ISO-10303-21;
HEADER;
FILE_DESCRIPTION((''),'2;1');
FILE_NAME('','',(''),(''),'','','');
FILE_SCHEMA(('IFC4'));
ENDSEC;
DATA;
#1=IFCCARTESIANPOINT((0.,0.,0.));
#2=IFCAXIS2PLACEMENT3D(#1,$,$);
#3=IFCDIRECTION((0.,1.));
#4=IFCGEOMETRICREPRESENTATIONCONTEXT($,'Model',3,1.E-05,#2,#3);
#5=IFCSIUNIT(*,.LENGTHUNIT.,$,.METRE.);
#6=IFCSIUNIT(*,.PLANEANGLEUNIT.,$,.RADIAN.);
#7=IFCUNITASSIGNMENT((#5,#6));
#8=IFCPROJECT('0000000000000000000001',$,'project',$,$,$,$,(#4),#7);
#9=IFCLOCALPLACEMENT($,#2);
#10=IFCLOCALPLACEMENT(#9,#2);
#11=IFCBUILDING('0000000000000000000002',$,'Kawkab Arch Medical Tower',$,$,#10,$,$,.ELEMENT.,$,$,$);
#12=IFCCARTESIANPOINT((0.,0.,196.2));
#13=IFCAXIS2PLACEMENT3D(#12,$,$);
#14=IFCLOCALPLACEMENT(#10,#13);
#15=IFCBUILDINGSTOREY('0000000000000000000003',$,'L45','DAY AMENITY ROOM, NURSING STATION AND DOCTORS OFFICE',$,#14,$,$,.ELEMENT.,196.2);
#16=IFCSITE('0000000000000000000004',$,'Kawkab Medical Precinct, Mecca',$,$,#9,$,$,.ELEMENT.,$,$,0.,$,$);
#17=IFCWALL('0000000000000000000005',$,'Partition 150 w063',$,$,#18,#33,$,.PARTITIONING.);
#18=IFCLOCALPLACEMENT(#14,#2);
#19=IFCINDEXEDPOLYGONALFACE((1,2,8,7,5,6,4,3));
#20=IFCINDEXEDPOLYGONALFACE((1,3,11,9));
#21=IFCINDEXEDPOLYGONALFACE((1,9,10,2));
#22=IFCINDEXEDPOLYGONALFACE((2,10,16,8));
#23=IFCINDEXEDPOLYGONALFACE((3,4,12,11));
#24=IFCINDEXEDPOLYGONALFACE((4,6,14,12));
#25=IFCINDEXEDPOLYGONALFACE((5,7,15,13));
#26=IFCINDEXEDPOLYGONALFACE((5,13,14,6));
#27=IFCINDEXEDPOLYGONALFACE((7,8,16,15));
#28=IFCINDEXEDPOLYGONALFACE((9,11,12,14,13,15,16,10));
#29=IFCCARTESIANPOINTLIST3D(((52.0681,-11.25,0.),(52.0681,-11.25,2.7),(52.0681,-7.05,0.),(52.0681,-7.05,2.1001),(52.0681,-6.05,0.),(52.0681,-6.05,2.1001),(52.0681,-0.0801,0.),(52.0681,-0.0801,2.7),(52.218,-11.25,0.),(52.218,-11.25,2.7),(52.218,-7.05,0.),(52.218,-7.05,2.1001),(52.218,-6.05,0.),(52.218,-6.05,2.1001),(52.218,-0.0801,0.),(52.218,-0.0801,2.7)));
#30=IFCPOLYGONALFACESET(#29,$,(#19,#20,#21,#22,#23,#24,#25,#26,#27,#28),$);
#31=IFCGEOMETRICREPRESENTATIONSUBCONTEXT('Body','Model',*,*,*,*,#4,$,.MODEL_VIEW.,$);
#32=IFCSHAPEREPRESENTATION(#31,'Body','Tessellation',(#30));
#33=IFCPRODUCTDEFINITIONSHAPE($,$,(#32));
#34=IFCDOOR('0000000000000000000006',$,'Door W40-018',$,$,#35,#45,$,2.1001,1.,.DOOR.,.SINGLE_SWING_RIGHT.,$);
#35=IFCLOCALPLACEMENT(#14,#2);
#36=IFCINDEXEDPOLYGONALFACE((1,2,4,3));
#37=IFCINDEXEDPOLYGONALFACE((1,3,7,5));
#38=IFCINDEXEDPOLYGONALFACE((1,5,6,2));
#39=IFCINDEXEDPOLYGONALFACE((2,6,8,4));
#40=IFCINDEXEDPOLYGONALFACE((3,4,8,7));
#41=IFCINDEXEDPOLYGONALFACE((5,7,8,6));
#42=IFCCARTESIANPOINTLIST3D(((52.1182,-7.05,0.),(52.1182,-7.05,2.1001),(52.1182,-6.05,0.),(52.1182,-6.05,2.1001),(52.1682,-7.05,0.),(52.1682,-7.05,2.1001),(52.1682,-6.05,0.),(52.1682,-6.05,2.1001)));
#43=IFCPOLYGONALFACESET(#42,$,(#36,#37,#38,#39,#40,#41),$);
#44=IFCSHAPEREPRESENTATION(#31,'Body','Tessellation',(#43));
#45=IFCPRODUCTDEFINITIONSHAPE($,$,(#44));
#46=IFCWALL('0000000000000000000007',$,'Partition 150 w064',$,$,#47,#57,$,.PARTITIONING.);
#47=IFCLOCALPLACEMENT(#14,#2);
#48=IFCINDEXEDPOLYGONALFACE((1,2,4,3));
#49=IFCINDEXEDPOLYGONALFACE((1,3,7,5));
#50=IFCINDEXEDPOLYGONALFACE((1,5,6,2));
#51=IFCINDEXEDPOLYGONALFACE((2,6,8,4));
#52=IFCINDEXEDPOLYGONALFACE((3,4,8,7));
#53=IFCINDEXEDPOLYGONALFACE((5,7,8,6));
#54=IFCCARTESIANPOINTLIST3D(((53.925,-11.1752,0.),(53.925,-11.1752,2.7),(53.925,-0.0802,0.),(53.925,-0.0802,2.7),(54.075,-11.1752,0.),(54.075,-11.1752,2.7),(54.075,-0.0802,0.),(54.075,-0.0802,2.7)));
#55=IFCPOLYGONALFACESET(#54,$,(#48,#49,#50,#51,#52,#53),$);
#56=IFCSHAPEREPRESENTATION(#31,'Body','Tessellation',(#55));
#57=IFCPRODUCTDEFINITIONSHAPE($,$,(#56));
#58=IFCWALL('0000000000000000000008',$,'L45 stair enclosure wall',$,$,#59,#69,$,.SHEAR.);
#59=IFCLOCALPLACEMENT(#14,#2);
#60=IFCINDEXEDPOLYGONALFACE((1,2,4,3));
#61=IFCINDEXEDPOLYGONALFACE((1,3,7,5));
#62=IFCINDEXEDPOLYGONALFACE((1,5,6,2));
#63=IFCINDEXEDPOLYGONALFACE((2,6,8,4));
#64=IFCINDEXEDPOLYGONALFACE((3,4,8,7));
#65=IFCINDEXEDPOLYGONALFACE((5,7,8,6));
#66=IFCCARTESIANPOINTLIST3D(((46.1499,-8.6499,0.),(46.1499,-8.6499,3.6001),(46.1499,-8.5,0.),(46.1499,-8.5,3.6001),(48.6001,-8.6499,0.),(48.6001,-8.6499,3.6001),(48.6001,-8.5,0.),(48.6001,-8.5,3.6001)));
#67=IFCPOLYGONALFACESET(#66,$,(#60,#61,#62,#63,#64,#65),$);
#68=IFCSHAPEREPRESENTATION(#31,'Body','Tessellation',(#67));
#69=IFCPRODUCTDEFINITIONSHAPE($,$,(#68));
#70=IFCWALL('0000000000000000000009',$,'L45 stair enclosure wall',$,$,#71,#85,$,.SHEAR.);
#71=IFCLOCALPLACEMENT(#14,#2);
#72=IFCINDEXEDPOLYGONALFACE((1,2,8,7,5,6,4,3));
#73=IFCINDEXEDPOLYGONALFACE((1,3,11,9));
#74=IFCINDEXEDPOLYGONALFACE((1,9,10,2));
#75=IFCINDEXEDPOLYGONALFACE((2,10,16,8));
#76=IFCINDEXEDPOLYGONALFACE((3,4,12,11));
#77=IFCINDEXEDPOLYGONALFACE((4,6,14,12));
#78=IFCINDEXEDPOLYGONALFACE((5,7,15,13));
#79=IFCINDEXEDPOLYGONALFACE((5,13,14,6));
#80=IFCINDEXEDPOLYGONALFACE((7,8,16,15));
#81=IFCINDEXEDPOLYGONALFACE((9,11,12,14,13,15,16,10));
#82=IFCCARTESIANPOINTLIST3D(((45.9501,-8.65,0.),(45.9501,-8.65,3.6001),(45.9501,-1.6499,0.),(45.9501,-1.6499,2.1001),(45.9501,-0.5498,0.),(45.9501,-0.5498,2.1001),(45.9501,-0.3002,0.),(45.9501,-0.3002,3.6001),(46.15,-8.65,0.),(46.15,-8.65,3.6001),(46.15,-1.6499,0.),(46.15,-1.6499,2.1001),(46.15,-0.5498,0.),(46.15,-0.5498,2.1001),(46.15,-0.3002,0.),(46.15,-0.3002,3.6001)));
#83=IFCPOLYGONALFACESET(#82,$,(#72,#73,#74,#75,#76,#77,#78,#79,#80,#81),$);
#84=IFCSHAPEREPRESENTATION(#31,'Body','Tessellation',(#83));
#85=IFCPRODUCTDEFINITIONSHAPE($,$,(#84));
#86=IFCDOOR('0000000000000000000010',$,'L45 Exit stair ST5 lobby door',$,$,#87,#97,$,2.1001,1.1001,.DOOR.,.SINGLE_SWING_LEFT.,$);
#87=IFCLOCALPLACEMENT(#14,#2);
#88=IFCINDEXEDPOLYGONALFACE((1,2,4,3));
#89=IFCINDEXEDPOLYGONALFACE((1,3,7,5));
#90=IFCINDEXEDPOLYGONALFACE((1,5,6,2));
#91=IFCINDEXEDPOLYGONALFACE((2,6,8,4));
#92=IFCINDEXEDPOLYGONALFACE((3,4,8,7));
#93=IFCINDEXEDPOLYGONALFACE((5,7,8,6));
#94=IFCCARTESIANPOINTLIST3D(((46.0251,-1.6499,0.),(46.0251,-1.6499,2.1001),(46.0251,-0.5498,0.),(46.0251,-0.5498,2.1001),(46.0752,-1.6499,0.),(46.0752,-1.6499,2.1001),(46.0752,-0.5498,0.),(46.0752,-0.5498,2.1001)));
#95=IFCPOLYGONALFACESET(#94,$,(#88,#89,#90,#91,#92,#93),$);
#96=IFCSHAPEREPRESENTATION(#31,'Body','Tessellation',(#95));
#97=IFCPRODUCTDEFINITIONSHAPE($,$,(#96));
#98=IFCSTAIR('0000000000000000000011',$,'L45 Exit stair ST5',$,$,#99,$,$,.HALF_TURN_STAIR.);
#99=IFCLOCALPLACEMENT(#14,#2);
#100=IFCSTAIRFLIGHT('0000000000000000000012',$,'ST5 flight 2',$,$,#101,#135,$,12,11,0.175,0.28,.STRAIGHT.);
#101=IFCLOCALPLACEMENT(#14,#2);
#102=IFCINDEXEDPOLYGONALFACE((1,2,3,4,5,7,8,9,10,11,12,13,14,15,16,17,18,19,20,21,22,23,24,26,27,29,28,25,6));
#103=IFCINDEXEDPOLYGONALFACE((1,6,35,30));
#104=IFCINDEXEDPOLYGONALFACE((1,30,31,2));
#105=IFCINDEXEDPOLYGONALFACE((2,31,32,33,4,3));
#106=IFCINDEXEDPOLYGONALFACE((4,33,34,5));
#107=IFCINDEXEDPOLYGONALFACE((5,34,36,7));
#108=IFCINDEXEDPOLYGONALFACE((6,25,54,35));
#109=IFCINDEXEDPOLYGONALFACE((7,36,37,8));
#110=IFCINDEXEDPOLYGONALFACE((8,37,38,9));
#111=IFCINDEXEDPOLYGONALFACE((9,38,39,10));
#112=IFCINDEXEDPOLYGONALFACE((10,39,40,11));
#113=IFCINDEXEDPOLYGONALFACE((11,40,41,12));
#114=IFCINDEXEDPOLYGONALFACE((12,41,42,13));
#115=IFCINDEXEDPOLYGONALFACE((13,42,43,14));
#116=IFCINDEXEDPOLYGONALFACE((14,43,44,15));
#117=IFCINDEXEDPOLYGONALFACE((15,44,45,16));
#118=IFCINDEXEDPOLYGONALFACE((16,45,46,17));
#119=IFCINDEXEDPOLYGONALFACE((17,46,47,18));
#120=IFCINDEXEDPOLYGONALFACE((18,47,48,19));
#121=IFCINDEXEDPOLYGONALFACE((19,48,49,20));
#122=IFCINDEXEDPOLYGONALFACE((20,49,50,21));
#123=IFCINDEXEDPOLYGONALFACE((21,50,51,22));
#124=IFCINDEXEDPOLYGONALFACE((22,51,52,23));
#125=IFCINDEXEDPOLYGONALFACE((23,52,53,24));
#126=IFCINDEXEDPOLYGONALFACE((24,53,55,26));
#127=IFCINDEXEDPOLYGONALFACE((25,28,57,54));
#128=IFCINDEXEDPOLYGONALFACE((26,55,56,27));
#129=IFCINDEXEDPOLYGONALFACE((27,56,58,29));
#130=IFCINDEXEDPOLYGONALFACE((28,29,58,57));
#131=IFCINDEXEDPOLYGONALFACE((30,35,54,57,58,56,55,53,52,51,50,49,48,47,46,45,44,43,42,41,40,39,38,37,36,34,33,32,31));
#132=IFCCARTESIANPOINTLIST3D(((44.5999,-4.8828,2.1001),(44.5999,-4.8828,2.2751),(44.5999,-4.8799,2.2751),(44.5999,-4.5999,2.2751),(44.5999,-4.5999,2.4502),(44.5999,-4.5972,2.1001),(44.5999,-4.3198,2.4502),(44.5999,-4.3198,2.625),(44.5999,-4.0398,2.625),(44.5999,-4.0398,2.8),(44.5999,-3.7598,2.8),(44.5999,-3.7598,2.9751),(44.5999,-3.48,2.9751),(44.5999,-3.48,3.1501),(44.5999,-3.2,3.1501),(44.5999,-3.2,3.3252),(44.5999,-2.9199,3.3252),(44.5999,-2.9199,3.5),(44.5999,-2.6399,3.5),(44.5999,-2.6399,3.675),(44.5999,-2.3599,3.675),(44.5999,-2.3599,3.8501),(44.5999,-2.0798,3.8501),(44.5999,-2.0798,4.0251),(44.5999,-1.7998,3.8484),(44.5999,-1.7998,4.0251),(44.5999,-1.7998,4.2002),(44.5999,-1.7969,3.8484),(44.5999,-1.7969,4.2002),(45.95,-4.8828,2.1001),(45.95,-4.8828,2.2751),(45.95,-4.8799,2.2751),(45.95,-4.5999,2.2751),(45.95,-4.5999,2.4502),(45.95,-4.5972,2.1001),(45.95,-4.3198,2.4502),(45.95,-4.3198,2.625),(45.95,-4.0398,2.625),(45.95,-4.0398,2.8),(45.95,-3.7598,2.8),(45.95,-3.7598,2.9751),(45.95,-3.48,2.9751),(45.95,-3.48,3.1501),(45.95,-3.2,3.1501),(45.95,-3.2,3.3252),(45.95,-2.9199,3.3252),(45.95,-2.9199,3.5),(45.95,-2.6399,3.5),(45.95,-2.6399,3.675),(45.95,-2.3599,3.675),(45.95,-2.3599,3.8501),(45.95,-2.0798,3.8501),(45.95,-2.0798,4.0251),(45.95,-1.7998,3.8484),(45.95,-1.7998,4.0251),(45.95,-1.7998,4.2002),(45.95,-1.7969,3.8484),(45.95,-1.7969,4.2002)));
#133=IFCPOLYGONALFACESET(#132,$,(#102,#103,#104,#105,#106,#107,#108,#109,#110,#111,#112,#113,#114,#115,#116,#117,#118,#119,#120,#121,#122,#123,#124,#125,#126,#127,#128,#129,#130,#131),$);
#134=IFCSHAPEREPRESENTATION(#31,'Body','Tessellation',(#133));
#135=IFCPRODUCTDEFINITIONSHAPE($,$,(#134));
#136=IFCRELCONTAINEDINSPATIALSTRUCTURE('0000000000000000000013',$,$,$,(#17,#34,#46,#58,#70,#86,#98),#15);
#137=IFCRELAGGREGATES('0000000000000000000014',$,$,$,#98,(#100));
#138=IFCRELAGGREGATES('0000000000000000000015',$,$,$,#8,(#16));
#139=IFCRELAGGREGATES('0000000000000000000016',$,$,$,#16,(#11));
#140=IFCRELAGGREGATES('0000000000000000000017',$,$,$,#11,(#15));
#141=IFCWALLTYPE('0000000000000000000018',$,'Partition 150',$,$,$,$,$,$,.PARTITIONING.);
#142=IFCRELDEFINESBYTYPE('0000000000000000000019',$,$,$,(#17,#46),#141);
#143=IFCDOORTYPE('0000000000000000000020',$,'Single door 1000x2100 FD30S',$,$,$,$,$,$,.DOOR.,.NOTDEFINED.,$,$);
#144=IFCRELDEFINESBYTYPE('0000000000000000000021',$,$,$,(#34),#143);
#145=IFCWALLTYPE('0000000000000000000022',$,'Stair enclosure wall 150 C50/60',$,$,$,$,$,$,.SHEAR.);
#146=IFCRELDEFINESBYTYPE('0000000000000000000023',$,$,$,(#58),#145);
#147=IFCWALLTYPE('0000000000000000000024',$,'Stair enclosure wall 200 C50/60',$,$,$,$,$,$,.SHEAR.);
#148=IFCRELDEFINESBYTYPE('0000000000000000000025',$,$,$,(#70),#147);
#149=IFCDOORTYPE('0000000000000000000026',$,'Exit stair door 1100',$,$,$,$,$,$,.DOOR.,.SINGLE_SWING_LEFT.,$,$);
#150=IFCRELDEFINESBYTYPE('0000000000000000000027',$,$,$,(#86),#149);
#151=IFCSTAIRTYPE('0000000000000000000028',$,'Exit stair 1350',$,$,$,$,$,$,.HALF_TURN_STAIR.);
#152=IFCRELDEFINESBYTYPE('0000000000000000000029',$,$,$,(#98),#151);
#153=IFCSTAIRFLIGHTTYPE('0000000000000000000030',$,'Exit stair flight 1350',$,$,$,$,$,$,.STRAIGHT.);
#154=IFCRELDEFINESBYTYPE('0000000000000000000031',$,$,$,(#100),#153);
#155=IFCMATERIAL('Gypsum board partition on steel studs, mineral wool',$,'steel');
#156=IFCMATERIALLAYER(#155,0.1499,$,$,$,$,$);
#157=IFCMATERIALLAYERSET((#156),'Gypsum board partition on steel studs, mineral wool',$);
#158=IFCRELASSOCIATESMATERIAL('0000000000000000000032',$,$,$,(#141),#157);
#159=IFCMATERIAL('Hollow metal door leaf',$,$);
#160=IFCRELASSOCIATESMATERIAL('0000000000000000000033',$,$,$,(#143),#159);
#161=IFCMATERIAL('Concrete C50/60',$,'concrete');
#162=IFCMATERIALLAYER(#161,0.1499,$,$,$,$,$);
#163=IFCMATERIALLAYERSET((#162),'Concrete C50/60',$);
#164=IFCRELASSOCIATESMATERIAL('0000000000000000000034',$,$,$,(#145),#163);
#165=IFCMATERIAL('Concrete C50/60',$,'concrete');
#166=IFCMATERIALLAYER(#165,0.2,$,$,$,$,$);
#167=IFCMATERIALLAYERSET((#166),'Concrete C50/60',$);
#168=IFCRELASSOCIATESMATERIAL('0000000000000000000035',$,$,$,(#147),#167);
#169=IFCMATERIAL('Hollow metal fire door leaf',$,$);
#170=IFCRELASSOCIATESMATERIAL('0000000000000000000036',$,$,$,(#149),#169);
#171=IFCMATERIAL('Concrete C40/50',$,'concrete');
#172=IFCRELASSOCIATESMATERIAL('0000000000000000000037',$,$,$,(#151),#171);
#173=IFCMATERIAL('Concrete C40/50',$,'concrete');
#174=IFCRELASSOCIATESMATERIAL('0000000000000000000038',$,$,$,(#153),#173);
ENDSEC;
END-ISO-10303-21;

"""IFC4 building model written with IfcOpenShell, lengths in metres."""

from ifc_helpers import new_model, si_unit, direction, frame, frame_2d, origin, place, context, subcontext, project, spatial, polyline, rectangle, outline, extrude, material, layer, layer_set, type_object, element, fill, aggregate, save


model = new_model("IFC4")

# Units and contexts
model_context = context("Model", 3, precision=1e-05, world=origin(), true_north=direction((0.0, 1.0)))
body_context = subcontext(model_context, "Body", "Model", "MODEL_VIEW")
ifc_project = project(units=[si_unit("LENGTHUNIT", "METRE"), si_unit("PLANEANGLEUNIT", "RADIAN")], contexts=[model_context])

# Site, building, storey
site_placement = place(None, origin())
site = spatial("IfcSite", under=ifc_project, at=site_placement, Name="Kawkab Medical Precinct, Mecca", CompositionType="ELEMENT", RefElevation=0.0)
building_placement = place(site_placement, origin())
building = spatial("IfcBuilding", under=site, at=building_placement, Name="Kawkab Arch Medical Tower", CompositionType="ELEMENT")
storey_placement = place(building_placement, frame((0.0, 0.0, 196.2)))
storey = spatial("IfcBuildingStorey", under=building, at=storey_placement, Name="L45", Description="DAY AMENITY ROOM, NURSING STATION AND DOCTORS OFFICE", CompositionType="ELEMENT", Elevation=196.2)

# Shared definitions
ifc_material_1 = material(Name="Gypsum board partition on steel studs, mineral wool", Category="steel")
ifc_layer_1 = layer(ifc_material_1, 0.1499)
ifc_layer_set_1 = layer_set([ifc_layer_1], Name="Gypsum board partition on steel studs, mineral wool")
wall_type_1 = type_object("IfcWallType", Name="Partition 150", PredefinedType="PARTITIONING", material=ifc_layer_set_1)

# Wall, opening, door
wall_1_placement = place(storey_placement, frame((52.1431, -11.25, 0.0), z_axis=(0.0, 0.0, 1.0), x_axis=(0.0, 1.0, 0.0)))
wall_1 = element("IfcWall", 1, at=wall_1_placement, inside=storey, type_object=wall_type_1, Name="Partition 150 w063", PredefinedType="PARTITIONING", context=body_context, shape_type="SweptSolid", body=[
    extrude(rectangle(XDim=11.1699, YDim=0.1499, at=frame_2d((5.585, 0.0))), origin(), (0.0, 0.0, 1.0), 2.7),
])
opening_1_placement = place(wall_1_placement, frame((4.2, 0.0, 0.0)))
opening_1 = element("IfcOpeningElement", 2, at=opening_1_placement, cuts=wall_1, PredefinedType="OPENING", context=body_context, shape_type="SweptSolid", body=[
    extrude(rectangle(XDim=1.0, YDim=2.1001, at=frame_2d((0.5, 1.05))), frame((0.0, 0.085, 0.0), z_axis=(0.0, -1.0, 0.0), x_axis=(1.0, 0.0, 0.0)), (0.0, 0.0, 1.0), 0.1699),
])
ifc_material_2 = material(Name="Hollow metal door leaf")
door_type_1 = type_object("IfcDoorType", Name="Single door 1000x2100 FD30S", OperationType="NOTDEFINED", PredefinedType="DOOR", material=ifc_material_2)
door_1_placement = place(opening_1_placement, origin())
door_1 = element("IfcDoor", 3, at=door_1_placement, inside=storey, type_object=door_type_1, Name="Door W40-018", OperationType="SINGLE_SWING_RIGHT", OverallHeight=2.1001, OverallWidth=1.0, PredefinedType="DOOR", context=body_context, shape_type="SweptSolid", body=[
    extrude(rectangle(XDim=1.0, YDim=2.1001, at=frame_2d((0.5, 1.05))), frame((0.0, 0.0249, 0.0), z_axis=(0.0, -1.0, 0.0), x_axis=(1.0, 0.0, 0.0)), (0.0, 0.0, 1.0), 0.05),
])
fill(opening_1, door_1)

# Walls
wall_2_placement = place(storey_placement, frame((54.0, -11.175, 0.0), z_axis=(0.0, 0.0, 1.0), x_axis=(0.0, 1.0, 0.0)))
element("IfcWall", 4, at=wall_2_placement, inside=storey, type_object=wall_type_1, Name="Partition 150 w064", PredefinedType="PARTITIONING", context=body_context, shape_type="SweptSolid", body=[
    extrude(rectangle(XDim=11.095, YDim=0.1499, at=frame_2d((5.5474, 0.0))), origin(), (0.0, 0.0, 1.0), 2.7),
])
ifc_material_3 = material(Name="Concrete C50/60", Category="concrete")
ifc_layer_2 = layer(ifc_material_3, 0.1499)
ifc_layer_set_2 = layer_set([ifc_layer_2], Name="Concrete C50/60")
wall_type_2 = type_object("IfcWallType", Name="Stair enclosure wall 150 C50/60", PredefinedType="SHEAR", material=ifc_layer_set_2)
wall_3_placement = place(storey_placement, frame((46.1499, -8.575, 0.0), z_axis=(0.0, 0.0, 1.0), x_axis=(1.0, 0.0, 0.0)))
element("IfcWall", 5, at=wall_3_placement, inside=storey, type_object=wall_type_2, Name="L45 stair enclosure wall", PredefinedType="SHEAR", context=body_context, shape_type="SweptSolid", body=[
    extrude(rectangle(XDim=2.4502, YDim=0.1499, at=frame_2d((1.2251, 0.0))), origin(), (0.0, 0.0, 1.0), 3.6001),
])

# Wall, opening, door
ifc_material_4 = material(Name="Concrete C50/60", Category="concrete")
ifc_layer_3 = layer(ifc_material_4, 0.2)
ifc_layer_set_3 = layer_set([ifc_layer_3], Name="Concrete C50/60")
wall_type_3 = type_object("IfcWallType", Name="Stair enclosure wall 200 C50/60", PredefinedType="SHEAR", material=ifc_layer_set_3)
wall_4_placement = place(storey_placement, frame((46.05, -8.6499, 0.0), z_axis=(0.0, 0.0, 1.0), x_axis=(0.0, 1.0, 0.0)))
wall_4 = element("IfcWall", 6, at=wall_4_placement, inside=storey, type_object=wall_type_3, Name="L45 stair enclosure wall", PredefinedType="SHEAR", context=body_context, shape_type="SweptSolid", body=[
    extrude(rectangle(XDim=8.3499, YDim=0.2, at=frame_2d((4.1748, 0.0))), origin(), (0.0, 0.0, 1.0), 3.6001),
])
opening_2_placement = place(wall_4_placement, frame((7.0, 0.0, 0.0)))
opening_2 = element("IfcOpeningElement", 7, at=opening_2_placement, cuts=wall_4, PredefinedType="OPENING", context=body_context, shape_type="SweptSolid", body=[
    extrude(rectangle(XDim=1.1001, YDim=2.1001, at=frame_2d((0.55, 1.05))), frame((0.0, 0.1099, 0.0), z_axis=(0.0, -1.0, 0.0), x_axis=(1.0, 0.0, 0.0)), (0.0, 0.0, 1.0), 0.22),
])
ifc_material_5 = material(Name="Hollow metal fire door leaf")
door_type_2 = type_object("IfcDoorType", Name="Exit stair door 1100", OperationType="SINGLE_SWING_LEFT", PredefinedType="DOOR", material=ifc_material_5)
door_2_placement = place(opening_2_placement, origin())
door_2 = element("IfcDoor", 8, at=door_2_placement, inside=storey, type_object=door_type_2, Name="L45 Exit stair ST5 lobby door", OperationType="SINGLE_SWING_LEFT", OverallHeight=2.1001, OverallWidth=1.1001, PredefinedType="DOOR", context=body_context, shape_type="SweptSolid", body=[
    extrude(rectangle(XDim=1.1001, YDim=2.1001, at=frame_2d((0.55, 1.05))), frame((0.0, 0.0249, 0.0), z_axis=(0.0, -1.0, 0.0), x_axis=(1.0, 0.0, 0.0)), (0.0, 0.0, 1.0), 0.05),
])
fill(opening_2, door_2)

# Stair, stair flight
ifc_material_6 = material(Name="Concrete C40/50", Category="concrete")
stair_type = type_object("IfcStairType", Name="Exit stair 1350", PredefinedType="HALF_TURN_STAIR", material=ifc_material_6)
stair_placement = place(storey_placement, origin())
stair = element("IfcStair", 9, at=stair_placement, inside=storey, type_object=stair_type, Name="L45 Exit stair ST5", PredefinedType="HALF_TURN_STAIR")
ifc_material_7 = material(Name="Concrete C40/50", Category="concrete")
stair_flight_type = type_object("IfcStairFlightType", Name="Exit stair flight 1350", PredefinedType="STRAIGHT", material=ifc_material_7)
stair_flight_placement = place(storey_placement, frame((45.2749, -4.8799, 2.1001), z_axis=(0.0, 0.0, 1.0), x_axis=(0.0, 1.0, 0.0)))
stair_flight = element("IfcStairFlight", 10, at=stair_flight_placement, type_object=stair_flight_type, Name="ST5 flight 2", NumberOfRisers=12, NumberOfTreads=11, PredefinedType="STRAIGHT", RiserHeight=0.175, TreadLength=0.28, context=body_context, shape_type="SweptSolid", body=[
    extrude(outline(polyline([(-0.0029, 0.0), (-0.0029, 0.175), (0.0, 0.175), (0.28, 0.175), (0.28, 0.3501), (0.5601, 0.3501), (0.5601, 0.5249), (0.8401, 0.5249), (0.8401, 0.7), (1.1201, 0.7), (1.1201, 0.875), (1.3999, 0.875), (1.3999, 1.05), (1.6799, 1.05), (1.6799, 1.2251), (1.96, 1.2251), (1.96, 1.3999), (2.24, 1.3999), (2.24, 1.575), (2.52, 1.575), (2.52, 1.75), (2.8, 1.75), (2.8, 1.925), (3.0801, 1.925), (3.0801, 2.1001), (3.083, 2.1001), (3.083, 1.7483), (3.0801, 1.7483), (0.2827, 0.0), (-0.0029, 0.0)])), frame((0.0, 0.675, 0.0), z_axis=(0.0, -1.0, 0.0), x_axis=(1.0, 0.0, 0.0)), (0.0, 0.0, 1.0), 1.3501),
])
aggregate(stair, [stair_flight])

save(model, "model.ifc")
